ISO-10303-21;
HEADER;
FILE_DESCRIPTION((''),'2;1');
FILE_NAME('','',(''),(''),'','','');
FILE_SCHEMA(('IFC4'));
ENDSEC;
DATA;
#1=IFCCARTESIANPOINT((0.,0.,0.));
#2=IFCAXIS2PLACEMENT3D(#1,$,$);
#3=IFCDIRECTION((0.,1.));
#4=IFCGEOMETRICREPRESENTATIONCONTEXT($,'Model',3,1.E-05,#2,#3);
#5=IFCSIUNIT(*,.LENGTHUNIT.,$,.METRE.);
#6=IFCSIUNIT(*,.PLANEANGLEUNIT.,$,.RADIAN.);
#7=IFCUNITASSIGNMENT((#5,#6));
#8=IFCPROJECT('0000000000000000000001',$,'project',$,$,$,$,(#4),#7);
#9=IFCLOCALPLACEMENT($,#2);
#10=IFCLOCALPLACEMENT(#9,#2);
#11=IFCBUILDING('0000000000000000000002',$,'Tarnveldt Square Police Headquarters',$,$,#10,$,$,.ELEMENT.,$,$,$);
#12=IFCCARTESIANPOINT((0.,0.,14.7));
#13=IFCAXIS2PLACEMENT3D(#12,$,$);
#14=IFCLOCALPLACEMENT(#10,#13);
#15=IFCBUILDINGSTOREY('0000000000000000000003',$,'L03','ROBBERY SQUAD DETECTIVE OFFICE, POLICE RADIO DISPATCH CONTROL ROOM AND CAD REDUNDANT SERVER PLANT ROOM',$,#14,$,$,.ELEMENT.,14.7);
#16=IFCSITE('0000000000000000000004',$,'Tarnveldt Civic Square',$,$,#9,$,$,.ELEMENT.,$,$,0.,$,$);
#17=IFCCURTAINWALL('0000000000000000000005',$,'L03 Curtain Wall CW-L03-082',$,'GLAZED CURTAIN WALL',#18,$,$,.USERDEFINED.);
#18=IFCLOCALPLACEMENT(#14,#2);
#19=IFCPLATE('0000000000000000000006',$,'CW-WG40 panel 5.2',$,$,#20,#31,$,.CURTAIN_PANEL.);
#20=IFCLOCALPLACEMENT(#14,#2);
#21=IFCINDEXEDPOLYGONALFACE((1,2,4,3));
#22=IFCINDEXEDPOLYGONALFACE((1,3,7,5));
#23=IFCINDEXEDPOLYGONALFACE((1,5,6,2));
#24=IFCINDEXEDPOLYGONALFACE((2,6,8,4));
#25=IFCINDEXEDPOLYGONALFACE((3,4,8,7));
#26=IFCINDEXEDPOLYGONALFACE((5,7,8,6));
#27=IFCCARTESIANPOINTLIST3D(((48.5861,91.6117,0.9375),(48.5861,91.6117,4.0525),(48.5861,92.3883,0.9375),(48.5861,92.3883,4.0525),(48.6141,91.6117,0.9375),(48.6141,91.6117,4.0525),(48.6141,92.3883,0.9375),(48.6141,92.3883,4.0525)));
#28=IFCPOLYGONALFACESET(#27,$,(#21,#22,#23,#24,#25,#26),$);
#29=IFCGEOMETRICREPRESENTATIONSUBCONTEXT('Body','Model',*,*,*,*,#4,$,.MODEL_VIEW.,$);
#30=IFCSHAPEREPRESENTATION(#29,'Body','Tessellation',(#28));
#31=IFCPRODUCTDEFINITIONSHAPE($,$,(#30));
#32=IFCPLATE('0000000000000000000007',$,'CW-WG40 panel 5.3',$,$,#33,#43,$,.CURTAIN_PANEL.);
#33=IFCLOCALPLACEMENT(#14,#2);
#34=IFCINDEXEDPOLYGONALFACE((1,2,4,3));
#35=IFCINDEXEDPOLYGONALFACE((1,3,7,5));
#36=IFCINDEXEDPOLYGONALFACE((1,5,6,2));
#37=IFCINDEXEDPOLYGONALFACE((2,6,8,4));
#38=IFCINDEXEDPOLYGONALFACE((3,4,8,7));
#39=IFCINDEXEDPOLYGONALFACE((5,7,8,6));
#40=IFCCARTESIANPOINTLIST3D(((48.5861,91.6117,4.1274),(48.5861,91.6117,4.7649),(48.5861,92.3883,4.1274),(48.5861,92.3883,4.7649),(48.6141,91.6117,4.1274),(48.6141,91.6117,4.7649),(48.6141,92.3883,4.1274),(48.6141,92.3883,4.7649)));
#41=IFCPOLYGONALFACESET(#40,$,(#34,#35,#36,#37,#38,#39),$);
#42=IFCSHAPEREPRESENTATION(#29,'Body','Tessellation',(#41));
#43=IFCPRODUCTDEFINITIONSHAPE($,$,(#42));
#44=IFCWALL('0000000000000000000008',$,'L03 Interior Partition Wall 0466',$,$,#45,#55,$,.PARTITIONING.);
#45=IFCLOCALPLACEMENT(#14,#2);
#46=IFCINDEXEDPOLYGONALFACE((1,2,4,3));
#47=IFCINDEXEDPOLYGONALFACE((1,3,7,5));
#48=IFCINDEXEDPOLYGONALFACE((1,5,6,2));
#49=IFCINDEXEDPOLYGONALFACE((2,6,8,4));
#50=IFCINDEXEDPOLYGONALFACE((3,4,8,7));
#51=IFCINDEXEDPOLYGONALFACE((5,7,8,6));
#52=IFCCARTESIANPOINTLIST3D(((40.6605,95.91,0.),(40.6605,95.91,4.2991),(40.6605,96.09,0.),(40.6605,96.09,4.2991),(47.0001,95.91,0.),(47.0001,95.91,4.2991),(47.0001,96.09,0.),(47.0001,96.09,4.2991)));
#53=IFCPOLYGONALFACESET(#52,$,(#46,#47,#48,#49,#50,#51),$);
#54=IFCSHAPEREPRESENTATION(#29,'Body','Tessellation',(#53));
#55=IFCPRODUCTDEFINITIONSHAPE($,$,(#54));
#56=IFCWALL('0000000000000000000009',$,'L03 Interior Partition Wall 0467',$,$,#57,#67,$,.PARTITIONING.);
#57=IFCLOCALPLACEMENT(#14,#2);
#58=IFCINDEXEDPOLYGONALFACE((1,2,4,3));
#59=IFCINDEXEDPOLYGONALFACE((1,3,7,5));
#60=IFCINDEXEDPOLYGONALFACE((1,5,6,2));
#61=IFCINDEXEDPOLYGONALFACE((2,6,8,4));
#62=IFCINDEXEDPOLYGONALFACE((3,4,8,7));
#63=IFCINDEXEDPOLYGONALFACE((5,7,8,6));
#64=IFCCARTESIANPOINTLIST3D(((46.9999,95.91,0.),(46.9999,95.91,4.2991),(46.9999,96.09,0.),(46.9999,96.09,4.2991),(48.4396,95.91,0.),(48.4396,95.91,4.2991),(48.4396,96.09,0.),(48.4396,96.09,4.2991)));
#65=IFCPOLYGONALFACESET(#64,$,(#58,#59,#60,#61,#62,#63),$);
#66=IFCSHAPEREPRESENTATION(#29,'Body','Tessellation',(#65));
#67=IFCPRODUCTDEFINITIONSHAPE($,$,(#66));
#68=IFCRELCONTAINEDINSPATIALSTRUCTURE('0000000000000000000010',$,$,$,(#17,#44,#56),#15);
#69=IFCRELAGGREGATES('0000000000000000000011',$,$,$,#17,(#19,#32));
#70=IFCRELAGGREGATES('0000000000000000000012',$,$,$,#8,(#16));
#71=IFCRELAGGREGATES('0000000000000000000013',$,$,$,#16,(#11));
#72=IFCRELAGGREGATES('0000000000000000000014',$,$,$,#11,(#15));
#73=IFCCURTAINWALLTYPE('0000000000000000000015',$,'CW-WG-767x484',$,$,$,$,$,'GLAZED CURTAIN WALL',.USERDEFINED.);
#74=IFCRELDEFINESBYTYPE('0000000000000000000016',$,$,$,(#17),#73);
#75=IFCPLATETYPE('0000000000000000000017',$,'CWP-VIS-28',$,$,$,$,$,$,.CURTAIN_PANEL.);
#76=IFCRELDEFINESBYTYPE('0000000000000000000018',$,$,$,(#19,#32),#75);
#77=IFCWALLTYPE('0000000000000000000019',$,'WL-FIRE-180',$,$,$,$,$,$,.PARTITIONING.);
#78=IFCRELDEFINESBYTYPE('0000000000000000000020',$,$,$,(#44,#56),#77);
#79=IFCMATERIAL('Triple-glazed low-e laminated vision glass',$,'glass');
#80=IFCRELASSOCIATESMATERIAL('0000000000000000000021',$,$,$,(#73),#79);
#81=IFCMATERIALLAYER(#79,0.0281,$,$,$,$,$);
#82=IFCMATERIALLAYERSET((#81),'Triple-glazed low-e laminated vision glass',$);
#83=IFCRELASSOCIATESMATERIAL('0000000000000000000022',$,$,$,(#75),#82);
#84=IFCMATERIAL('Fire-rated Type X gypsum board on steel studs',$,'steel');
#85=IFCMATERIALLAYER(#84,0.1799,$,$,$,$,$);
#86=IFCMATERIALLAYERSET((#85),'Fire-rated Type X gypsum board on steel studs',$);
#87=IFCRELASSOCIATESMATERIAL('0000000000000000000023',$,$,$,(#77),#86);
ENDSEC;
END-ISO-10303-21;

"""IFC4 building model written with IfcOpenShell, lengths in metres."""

from ifc_helpers import new_model, si_unit, direction, frame, frame_2d, origin, origin_2d, place, context, subcontext, project, spatial, rectangle, extrude, material, layer, layer_set, type_object, element, aggregate, save


model = new_model("IFC4")

# Units and contexts
model_context = context("Model", 3, precision=1e-05, world=origin(), true_north=direction((0.0, 1.0)))
body_context = subcontext(model_context, "Body", "Model", "MODEL_VIEW")
ifc_project = project(units=[si_unit("LENGTHUNIT", "METRE"), si_unit("PLANEANGLEUNIT", "RADIAN")], contexts=[model_context])

# Site, building, storey
site_placement = place(None, origin())
site = spatial("IfcSite", under=ifc_project, at=site_placement, Name="Tarnveldt Civic Square", CompositionType="ELEMENT", RefElevation=0.0)
building_placement = place(site_placement, origin())
building = spatial("IfcBuilding", under=site, at=building_placement, Name="Tarnveldt Square Police Headquarters", CompositionType="ELEMENT")
storey_placement = place(building_placement, frame((0.0, 0.0, 14.7)))
storey = spatial("IfcBuildingStorey", under=building, at=storey_placement, Name="L03", Description="ROBBERY SQUAD DETECTIVE OFFICE, POLICE RADIO DISPATCH CONTROL ROOM AND CAD REDUNDANT SERVER PLANT ROOM", CompositionType="ELEMENT", Elevation=14.7)

# Curtain wall, plates
ifc_material_1 = material(Name="Triple-glazed low-e laminated vision glass", Category="glass")
curtain_wall_type = type_object("IfcCurtainWallType", Name="CW-WG-767x484", ElementType="GLAZED CURTAIN WALL", PredefinedType="USERDEFINED", material=ifc_material_1)
curtain_wall_placement = place(storey_placement, origin())
curtain_wall = element("IfcCurtainWall", 1, at=curtain_wall_placement, inside=storey, type_object=curtain_wall_type, Name="L03 Curtain Wall CW-L03-082", ObjectType="GLAZED CURTAIN WALL", PredefinedType="USERDEFINED")
ifc_layer_1 = layer(ifc_material_1, 0.0281)
ifc_layer_set_1 = layer_set([ifc_layer_1], Name="Triple-glazed low-e laminated vision glass")
plate_type = type_object("IfcPlateType", Name="CWP-VIS-28", PredefinedType="CURTAIN_PANEL", material=ifc_layer_set_1)
plate_1_placement = place(storey_placement, frame((48.6001, 92.0, 0.9375), z_axis=(0.0, 0.0, 1.0), x_axis=(0.0, 1.0, 0.0)))
plate_1 = element("IfcPlate", 2, at=plate_1_placement, type_object=plate_type, Name="CW-WG40 panel 5.2", PredefinedType="CURTAIN_PANEL", context=body_context, shape_type="SweptSolid", body=[
    extrude(rectangle(XDim=0.7766, YDim=0.0281, at=origin_2d()), origin(), (0.0, 0.0, 1.0), 3.115),
])
plate_2_placement = place(storey_placement, frame((48.6001, 92.0, 4.1274), z_axis=(0.0, 0.0, 1.0), x_axis=(0.0, 1.0, 0.0)))
plate_2 = element("IfcPlate", 3, at=plate_2_placement, type_object=plate_type, Name="CW-WG40 panel 5.3", PredefinedType="CURTAIN_PANEL", context=body_context, shape_type="SweptSolid", body=[
    extrude(rectangle(XDim=0.7766, YDim=0.0281, at=origin_2d()), origin(), (0.0, 0.0, 1.0), 0.6375),
])
aggregate(curtain_wall, [plate_1, plate_2])

# Walls
ifc_material_2 = material(Name="Fire-rated Type X gypsum board on steel studs", Category="steel")
ifc_layer_2 = layer(ifc_material_2, 0.1799)
ifc_layer_set_2 = layer_set([ifc_layer_2], Name="Fire-rated Type X gypsum board on steel studs")
wall_type = type_object("IfcWallType", Name="WL-FIRE-180", PredefinedType="PARTITIONING", material=ifc_layer_set_2)
wall_1_placement = place(storey_placement, frame((40.6604, 96.0, 0.0), z_axis=(0.0, 0.0, 1.0), x_axis=(1.0, 0.0, 0.0)))
element("IfcWall", 4, at=wall_1_placement, inside=storey, type_object=wall_type, Name="L03 Interior Partition Wall 0466", PredefinedType="PARTITIONING", context=body_context, shape_type="SweptSolid", body=[
    extrude(rectangle(XDim=6.3396, YDim=0.1799, at=frame_2d((3.1699, 0.0))), origin(), (0.0, 0.0, 1.0), 4.2991),
])
wall_2_placement = place(storey_placement, frame((47.0, 96.0, 0.0), z_axis=(0.0, 0.0, 1.0), x_axis=(1.0, 0.0, 0.0)))
element("IfcWall", 5, at=wall_2_placement, inside=storey, type_object=wall_type, Name="L03 Interior Partition Wall 0467", PredefinedType="PARTITIONING", context=body_context, shape_type="SweptSolid", body=[
    extrude(rectangle(XDim=1.4397, YDim=0.1799, at=frame_2d((0.7197, 0.0))), origin(), (0.0, 0.0, 1.0), 4.2991),
])

save(model, "model.ifc")
